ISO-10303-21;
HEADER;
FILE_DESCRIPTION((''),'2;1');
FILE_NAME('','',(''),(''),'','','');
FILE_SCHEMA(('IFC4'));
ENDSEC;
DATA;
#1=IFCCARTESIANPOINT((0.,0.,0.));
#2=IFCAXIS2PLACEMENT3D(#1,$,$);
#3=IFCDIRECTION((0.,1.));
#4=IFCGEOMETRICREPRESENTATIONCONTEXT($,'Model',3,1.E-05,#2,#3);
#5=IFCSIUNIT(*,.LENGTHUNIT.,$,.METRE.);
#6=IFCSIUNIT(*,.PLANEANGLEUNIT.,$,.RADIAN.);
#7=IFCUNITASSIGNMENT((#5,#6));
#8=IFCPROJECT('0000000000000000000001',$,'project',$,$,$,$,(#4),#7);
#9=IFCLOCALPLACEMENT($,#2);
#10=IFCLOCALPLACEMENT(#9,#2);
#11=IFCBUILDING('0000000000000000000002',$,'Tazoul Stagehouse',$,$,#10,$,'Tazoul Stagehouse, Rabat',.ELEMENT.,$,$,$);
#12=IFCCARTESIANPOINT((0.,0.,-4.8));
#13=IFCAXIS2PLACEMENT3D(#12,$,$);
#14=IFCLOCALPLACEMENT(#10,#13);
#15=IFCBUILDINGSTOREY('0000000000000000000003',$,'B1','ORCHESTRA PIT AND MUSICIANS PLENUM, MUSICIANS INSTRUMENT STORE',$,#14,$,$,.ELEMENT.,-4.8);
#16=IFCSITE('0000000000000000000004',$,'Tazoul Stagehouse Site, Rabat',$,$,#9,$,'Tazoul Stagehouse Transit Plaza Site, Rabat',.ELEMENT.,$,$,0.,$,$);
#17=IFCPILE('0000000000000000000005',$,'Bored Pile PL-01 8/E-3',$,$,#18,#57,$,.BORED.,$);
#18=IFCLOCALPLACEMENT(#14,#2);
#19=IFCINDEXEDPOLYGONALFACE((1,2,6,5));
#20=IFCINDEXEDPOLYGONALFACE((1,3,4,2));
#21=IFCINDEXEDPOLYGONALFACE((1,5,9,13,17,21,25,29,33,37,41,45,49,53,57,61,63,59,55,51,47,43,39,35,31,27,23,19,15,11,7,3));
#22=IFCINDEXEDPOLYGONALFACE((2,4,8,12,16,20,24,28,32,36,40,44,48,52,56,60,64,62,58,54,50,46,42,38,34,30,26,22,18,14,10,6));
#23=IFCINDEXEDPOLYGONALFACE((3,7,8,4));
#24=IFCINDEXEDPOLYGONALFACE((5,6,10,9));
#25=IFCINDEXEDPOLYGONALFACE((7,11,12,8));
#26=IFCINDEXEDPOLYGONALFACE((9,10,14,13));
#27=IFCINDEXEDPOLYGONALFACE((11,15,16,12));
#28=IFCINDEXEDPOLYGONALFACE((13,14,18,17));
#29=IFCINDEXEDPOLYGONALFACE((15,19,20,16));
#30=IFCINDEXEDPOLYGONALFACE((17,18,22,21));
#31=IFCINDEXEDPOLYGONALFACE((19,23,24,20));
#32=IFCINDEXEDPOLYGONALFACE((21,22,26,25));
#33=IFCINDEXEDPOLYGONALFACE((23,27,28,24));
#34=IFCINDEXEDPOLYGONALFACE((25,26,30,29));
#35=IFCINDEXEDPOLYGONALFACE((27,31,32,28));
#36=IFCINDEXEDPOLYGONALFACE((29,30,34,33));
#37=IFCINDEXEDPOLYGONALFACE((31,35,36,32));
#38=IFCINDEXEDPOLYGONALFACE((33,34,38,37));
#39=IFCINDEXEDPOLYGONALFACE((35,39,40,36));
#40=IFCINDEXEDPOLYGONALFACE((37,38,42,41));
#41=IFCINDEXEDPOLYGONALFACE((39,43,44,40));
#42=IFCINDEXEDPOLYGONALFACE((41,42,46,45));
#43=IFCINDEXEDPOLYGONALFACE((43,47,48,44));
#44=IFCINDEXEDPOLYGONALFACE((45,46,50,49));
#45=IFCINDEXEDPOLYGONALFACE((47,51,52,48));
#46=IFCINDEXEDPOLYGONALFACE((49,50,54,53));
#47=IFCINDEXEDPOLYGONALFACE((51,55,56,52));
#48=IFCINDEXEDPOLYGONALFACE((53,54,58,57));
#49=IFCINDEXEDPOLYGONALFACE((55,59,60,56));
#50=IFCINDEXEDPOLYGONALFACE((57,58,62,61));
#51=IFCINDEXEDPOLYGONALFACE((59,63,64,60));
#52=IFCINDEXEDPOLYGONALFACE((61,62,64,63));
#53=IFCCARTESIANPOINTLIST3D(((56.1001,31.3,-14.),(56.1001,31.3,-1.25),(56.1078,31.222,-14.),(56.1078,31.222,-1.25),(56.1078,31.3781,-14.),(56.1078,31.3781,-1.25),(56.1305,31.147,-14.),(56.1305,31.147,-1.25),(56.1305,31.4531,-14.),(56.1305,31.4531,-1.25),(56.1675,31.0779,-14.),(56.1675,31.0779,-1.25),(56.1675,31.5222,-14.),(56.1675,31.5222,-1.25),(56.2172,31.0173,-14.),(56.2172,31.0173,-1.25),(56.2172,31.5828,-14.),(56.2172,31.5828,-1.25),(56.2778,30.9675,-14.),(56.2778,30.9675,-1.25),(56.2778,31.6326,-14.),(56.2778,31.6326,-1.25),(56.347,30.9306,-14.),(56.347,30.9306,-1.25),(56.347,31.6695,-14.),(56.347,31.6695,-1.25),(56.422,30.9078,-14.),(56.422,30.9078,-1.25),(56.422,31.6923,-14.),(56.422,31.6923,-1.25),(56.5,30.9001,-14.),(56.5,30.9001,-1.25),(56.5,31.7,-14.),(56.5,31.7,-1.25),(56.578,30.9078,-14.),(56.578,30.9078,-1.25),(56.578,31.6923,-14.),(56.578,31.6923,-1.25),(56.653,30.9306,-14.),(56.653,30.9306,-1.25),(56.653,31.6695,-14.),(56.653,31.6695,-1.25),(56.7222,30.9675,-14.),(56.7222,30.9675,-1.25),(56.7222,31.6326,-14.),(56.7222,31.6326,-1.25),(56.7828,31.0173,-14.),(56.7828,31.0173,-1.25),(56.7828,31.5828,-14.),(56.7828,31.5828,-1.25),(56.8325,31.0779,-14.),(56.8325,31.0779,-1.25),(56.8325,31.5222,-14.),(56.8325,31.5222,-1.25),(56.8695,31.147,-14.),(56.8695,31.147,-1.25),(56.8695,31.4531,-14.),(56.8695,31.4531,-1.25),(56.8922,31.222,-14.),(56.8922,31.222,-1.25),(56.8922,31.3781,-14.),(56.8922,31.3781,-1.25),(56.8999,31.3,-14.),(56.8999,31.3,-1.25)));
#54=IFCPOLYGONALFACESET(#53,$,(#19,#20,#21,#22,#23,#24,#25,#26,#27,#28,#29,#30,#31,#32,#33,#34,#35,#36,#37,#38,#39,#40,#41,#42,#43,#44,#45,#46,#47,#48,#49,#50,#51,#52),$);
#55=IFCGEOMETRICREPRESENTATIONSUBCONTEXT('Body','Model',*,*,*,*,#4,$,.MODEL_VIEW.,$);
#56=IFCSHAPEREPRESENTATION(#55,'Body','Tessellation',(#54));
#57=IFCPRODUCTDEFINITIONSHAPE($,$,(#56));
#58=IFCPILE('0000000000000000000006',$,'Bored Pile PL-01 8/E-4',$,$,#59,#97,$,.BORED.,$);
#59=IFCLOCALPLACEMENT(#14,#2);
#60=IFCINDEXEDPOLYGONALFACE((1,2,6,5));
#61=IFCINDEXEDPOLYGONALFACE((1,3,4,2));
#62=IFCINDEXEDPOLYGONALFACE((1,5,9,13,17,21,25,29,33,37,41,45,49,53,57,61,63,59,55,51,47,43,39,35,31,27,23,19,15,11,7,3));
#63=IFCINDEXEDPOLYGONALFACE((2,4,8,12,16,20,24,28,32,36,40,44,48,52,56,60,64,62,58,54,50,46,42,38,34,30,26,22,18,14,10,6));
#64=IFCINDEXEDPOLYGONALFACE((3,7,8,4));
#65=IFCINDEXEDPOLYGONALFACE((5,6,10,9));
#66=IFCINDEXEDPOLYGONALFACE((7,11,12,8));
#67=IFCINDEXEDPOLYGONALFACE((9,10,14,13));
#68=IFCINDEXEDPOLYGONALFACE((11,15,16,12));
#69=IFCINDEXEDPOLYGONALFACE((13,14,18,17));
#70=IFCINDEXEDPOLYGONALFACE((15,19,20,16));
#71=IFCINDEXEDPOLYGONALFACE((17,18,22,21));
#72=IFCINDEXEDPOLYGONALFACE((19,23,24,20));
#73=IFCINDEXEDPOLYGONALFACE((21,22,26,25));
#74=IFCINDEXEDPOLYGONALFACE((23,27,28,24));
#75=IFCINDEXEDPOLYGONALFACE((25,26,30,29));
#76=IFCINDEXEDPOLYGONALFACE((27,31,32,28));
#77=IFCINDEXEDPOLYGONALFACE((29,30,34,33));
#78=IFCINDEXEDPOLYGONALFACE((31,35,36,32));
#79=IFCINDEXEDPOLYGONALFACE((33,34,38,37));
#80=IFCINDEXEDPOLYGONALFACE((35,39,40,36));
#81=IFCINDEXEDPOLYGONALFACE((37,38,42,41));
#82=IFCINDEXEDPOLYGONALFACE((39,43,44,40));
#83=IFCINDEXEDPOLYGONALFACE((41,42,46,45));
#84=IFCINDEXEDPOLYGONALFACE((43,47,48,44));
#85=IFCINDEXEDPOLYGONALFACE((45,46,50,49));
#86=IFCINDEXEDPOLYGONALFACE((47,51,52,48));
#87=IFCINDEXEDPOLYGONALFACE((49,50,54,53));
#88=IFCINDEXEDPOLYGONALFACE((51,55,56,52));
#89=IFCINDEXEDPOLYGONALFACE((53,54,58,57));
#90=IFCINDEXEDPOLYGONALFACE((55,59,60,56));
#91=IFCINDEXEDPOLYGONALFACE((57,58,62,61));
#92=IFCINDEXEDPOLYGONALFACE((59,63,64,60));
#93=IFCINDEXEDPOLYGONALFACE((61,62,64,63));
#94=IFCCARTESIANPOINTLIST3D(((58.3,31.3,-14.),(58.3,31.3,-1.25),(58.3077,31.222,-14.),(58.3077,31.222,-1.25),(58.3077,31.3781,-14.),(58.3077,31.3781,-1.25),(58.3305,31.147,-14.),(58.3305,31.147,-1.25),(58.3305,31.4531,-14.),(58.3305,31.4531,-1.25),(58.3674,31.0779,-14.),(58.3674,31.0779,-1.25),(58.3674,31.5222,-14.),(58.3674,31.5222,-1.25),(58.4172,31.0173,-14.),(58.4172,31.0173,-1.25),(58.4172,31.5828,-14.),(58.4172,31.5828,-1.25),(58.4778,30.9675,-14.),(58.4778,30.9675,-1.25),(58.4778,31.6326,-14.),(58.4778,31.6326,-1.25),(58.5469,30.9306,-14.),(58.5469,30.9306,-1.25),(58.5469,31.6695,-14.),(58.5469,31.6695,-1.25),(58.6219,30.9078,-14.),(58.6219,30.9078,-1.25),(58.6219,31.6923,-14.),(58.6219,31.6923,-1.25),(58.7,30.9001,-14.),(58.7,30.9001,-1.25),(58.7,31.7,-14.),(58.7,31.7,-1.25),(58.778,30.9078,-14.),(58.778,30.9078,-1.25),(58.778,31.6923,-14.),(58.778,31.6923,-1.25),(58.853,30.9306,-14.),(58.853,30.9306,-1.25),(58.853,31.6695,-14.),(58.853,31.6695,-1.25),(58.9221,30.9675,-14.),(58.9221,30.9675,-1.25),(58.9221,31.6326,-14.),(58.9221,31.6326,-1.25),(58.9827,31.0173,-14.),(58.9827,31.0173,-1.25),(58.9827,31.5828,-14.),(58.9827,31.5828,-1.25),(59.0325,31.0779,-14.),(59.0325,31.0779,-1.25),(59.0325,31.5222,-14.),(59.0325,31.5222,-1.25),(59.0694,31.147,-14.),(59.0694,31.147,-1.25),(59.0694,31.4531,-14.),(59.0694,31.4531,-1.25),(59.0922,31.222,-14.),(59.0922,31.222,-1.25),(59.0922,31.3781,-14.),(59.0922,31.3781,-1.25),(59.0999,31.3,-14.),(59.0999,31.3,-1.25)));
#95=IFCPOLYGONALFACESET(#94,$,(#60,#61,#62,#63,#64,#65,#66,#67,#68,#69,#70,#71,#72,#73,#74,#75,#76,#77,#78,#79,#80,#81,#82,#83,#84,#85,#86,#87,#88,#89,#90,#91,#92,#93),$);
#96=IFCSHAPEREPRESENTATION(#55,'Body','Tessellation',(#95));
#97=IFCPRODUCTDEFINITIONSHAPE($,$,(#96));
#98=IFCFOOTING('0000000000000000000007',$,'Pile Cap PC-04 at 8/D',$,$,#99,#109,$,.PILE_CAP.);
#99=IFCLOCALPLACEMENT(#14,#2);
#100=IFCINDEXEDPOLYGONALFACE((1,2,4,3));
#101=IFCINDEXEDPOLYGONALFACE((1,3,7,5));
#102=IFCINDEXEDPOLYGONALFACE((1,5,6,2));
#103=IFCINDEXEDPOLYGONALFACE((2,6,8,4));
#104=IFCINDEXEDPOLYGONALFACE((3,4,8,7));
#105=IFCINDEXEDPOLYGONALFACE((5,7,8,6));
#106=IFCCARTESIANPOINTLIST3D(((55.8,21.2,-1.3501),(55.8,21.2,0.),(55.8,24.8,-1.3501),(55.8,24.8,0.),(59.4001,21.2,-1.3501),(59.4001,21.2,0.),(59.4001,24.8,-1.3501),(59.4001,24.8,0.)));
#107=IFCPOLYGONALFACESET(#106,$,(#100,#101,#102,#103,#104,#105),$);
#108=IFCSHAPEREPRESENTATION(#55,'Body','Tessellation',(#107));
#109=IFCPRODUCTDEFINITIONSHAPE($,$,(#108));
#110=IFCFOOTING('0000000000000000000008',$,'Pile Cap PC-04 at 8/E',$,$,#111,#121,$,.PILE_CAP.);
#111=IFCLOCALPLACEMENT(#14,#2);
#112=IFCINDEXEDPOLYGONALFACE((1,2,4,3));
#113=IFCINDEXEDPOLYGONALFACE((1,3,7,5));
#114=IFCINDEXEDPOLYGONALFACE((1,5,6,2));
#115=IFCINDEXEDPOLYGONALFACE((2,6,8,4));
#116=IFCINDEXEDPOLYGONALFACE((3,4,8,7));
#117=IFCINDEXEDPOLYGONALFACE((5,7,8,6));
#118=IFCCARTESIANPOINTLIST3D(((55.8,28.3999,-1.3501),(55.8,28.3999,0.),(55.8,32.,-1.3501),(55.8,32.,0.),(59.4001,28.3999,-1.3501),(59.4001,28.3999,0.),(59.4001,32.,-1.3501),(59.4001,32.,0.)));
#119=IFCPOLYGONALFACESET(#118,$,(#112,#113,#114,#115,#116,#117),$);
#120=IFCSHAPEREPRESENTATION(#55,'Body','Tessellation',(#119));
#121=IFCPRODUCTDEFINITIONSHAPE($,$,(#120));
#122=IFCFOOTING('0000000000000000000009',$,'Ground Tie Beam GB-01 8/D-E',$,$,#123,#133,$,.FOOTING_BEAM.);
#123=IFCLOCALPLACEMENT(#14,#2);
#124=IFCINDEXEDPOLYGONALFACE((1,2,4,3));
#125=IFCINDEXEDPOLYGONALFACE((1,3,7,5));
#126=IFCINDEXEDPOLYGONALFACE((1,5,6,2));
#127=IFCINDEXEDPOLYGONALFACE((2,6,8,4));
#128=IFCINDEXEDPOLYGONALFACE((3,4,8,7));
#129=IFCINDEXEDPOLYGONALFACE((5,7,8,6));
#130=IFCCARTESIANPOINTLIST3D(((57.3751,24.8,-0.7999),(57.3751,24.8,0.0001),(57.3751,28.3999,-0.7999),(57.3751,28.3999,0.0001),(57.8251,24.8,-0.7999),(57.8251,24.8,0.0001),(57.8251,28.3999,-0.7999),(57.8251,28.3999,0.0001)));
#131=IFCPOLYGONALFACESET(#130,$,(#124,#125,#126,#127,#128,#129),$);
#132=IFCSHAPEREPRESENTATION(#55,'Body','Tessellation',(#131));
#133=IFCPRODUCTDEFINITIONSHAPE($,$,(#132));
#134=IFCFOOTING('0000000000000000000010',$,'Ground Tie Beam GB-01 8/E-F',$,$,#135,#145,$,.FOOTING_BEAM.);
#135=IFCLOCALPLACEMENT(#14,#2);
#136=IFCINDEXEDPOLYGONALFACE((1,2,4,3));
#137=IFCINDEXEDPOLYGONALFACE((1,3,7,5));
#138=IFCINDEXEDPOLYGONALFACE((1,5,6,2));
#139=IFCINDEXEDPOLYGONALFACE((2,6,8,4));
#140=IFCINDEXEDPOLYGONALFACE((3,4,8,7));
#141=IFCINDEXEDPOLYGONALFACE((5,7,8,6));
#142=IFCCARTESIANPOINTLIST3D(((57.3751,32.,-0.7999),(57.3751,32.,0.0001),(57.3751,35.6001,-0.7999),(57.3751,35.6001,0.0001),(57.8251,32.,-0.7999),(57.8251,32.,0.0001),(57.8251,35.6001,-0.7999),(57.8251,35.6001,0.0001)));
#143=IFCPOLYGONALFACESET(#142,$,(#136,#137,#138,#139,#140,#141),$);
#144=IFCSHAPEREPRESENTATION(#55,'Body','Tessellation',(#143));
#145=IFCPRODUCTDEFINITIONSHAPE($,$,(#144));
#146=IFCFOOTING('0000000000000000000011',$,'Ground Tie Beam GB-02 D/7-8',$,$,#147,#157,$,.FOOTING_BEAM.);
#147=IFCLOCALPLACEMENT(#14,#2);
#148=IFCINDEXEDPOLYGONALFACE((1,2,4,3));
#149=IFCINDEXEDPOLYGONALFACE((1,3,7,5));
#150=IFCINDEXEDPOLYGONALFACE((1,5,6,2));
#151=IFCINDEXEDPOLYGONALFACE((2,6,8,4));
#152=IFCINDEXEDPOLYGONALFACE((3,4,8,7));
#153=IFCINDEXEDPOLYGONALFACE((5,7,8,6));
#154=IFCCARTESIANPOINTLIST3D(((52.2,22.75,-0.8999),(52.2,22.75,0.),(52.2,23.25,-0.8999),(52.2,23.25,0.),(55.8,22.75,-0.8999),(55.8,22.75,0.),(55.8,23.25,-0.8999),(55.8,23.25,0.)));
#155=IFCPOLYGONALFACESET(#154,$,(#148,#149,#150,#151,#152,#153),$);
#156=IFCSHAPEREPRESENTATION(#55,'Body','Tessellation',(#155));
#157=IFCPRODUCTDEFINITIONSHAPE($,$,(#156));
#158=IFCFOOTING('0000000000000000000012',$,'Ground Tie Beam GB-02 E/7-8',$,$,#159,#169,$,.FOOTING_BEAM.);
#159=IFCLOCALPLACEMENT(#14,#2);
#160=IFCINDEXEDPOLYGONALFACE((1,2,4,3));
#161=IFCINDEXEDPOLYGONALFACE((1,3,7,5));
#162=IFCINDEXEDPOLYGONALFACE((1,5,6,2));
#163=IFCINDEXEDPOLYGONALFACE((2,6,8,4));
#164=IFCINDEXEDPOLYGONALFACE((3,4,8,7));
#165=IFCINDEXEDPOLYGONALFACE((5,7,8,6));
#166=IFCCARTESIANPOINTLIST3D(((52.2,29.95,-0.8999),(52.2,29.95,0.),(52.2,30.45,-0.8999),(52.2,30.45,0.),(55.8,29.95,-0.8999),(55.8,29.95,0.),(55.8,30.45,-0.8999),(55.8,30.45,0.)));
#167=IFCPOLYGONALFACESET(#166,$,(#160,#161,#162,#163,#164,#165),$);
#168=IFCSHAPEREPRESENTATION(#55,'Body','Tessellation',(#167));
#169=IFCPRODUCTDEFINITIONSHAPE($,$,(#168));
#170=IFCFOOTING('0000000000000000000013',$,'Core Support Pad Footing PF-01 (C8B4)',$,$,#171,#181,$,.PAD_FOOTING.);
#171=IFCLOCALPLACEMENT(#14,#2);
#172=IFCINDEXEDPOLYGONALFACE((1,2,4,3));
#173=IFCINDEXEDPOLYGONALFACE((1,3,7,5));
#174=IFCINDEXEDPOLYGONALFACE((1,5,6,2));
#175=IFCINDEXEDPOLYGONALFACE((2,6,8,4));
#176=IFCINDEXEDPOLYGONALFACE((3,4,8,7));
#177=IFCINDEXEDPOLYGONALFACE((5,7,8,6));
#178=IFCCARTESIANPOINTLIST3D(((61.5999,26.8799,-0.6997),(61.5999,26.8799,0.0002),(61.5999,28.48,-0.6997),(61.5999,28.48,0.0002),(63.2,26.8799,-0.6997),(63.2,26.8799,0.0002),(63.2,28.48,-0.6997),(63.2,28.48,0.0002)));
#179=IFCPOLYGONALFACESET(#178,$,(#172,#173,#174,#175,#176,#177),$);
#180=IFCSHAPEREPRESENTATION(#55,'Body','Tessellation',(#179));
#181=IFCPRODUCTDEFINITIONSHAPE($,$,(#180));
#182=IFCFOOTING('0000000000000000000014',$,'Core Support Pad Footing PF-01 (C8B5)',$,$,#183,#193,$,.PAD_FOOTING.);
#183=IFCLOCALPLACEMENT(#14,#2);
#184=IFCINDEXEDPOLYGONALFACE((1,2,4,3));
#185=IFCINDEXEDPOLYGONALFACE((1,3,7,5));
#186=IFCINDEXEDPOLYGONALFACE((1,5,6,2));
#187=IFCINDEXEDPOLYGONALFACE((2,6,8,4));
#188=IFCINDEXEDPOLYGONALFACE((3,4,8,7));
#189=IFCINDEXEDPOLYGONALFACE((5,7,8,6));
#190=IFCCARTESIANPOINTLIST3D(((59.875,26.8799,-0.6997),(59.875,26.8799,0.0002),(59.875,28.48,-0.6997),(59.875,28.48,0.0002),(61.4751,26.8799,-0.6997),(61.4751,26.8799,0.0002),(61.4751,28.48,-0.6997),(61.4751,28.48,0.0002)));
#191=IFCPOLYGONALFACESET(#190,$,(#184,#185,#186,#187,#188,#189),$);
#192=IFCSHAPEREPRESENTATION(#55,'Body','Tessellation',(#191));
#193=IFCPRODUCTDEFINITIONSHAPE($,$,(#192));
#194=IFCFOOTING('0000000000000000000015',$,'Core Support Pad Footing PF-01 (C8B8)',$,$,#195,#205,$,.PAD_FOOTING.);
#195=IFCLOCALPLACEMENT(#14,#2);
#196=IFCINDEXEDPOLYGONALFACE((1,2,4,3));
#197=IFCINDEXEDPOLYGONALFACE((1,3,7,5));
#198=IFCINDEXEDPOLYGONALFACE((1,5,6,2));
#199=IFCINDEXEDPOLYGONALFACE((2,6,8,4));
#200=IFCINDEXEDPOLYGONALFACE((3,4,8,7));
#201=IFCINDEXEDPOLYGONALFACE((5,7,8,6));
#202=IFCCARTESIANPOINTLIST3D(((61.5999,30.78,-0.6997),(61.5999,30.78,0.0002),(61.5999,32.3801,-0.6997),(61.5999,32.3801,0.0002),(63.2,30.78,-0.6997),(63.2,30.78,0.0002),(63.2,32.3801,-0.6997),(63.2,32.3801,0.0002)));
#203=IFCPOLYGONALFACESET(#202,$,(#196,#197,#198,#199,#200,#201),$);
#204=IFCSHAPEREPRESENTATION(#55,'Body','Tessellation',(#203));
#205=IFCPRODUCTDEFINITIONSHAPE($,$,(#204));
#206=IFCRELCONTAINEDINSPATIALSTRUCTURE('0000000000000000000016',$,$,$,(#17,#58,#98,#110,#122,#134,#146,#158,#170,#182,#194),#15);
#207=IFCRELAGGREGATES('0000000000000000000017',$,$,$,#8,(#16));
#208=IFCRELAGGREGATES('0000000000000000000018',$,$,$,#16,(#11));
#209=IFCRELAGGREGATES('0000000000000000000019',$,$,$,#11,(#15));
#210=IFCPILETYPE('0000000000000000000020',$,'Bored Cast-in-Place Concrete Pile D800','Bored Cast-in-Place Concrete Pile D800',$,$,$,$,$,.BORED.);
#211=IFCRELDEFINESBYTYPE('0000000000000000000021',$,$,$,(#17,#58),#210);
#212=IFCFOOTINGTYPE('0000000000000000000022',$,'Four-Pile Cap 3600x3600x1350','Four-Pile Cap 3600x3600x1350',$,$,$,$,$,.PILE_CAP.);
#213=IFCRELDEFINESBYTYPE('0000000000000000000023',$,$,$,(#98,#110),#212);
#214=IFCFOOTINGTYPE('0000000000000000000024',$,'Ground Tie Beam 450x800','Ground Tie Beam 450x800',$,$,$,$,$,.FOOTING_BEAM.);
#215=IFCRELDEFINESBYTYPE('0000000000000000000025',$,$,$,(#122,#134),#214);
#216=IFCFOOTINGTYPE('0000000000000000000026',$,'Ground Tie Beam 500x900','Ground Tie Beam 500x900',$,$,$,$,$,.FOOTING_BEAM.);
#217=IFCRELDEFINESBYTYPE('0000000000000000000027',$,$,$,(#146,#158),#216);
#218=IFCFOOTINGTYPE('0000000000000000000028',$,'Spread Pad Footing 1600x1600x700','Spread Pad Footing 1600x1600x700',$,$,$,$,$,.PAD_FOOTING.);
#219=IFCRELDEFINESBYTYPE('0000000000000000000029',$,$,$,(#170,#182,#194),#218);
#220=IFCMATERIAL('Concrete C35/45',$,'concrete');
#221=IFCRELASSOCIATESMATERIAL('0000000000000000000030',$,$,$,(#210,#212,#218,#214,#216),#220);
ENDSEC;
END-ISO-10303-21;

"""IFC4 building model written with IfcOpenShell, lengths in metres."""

from ifc_helpers import new_model, si_unit, direction, frame, origin, origin_2d, place, context, subcontext, project, spatial, rectangle, circle, extrude, material, material_profile, profile_set, type_object, element, save


model = new_model("IFC4")

# Units and contexts
model_context = context("Model", 3, precision=1e-05, world=origin(), true_north=direction((0.0, 1.0)))
body_context = subcontext(model_context, "Body", "Model", "MODEL_VIEW")
ifc_project = project(units=[si_unit("LENGTHUNIT", "METRE"), si_unit("PLANEANGLEUNIT", "RADIAN")], contexts=[model_context])

# Site, building, storey
site_placement = place(None, origin())
site = spatial("IfcSite", under=ifc_project, at=site_placement, Name="Tazoul Stagehouse Site, Rabat", LongName="Tazoul Stagehouse Transit Plaza Site, Rabat", CompositionType="ELEMENT", RefElevation=0.0)
building_placement = place(site_placement, origin())
building = spatial("IfcBuilding", under=site, at=building_placement, Name="Tazoul Stagehouse", LongName="Tazoul Stagehouse, Rabat", CompositionType="ELEMENT")
storey_placement = place(building_placement, frame((0.0, 0.0, -4.8)))
storey = spatial("IfcBuildingStorey", under=building, at=storey_placement, Name="B1", Description="ORCHESTRA PIT AND MUSICIANS PLENUM, MUSICIANS INSTRUMENT STORE", CompositionType="ELEMENT", Elevation=-4.8)

# Piles
ifc_material_1 = material(Name="Concrete C35/45", Category="concrete")
ifc_material_profile_1 = material_profile(ifc_material_1, circle(Radius=0.3999, at=origin_2d()), Name="BORED PILE 800")
ifc_profile_set_1 = profile_set([ifc_material_profile_1], Name="Concrete C35/45")
pile_type = type_object("IfcPileType", Name="Bored Cast-in-Place Concrete Pile D800", Description="Bored Cast-in-Place Concrete Pile D800", PredefinedType="BORED", material=ifc_profile_set_1)
for number, where, z_axis, x_axis, name in (
    (1, (56.5, 31.3, -1.25), (0.0, 0.0, -1.0), (1.0, 0.0, 0.0), "Bored Pile PL-01 8/E-3"),
    (2, (58.7, 31.3, -1.25), (0.0, 0.0, -1.0), (1.0, 0.0, 0.0), "Bored Pile PL-01 8/E-4"),
):
    element("IfcPile", number, at=place(storey_placement, frame(where, z_axis=z_axis, x_axis=x_axis)), inside=storey, type_object=pile_type, Name=name, PredefinedType="BORED", context=body_context, shape_type="SweptSolid", body=[
        extrude(circle(Radius=0.3999, at=origin_2d()), origin(), (0.0, 0.0, 1.0), 12.75),
    ])

# Footings
footing_type_1 = type_object("IfcFootingType", Name="Four-Pile Cap 3600x3600x1350", Description="Four-Pile Cap 3600x3600x1350", PredefinedType="PILE_CAP", material=ifc_material_1)
for number, where, z_axis, x_axis, name in (
    (3, (57.6001, 23.0, -1.3501), (0.0, 0.0, 1.0), (1.0, 0.0, 0.0), "Pile Cap PC-04 at 8/D"),
    (4, (57.6001, 30.2, -1.3501), (0.0, 0.0, 1.0), (1.0, 0.0, 0.0), "Pile Cap PC-04 at 8/E"),
):
    element("IfcFooting", number, at=place(storey_placement, frame(where, z_axis=z_axis, x_axis=x_axis)), inside=storey, type_object=footing_type_1, Name=name, PredefinedType="PILE_CAP", context=body_context, shape_type="SweptSolid", body=[
        extrude(rectangle(XDim=3.6001, YDim=3.6001, at=origin_2d()), origin(), (0.0, 0.0, 1.0), 1.3501),
    ])
ifc_material_profile_2 = material_profile(ifc_material_1, rectangle(XDim=0.45, YDim=0.8, at=origin_2d()), Name="RC 450x800")
ifc_profile_set_2 = profile_set([ifc_material_profile_2], Name="Concrete C35/45")
footing_type_2 = type_object("IfcFootingType", Name="Ground Tie Beam 450x800", Description="Ground Tie Beam 450x800", PredefinedType="FOOTING_BEAM", material=ifc_profile_set_2)
footing_1_placement = place(storey_placement, frame((57.6001, 24.8, -0.3999), z_axis=(0.0, 1.0, 0.0), x_axis=(-1.0, 0.0, 0.0)))
element("IfcFooting", 5, at=footing_1_placement, inside=storey, type_object=footing_type_2, Name="Ground Tie Beam GB-01 8/D-E", PredefinedType="FOOTING_BEAM", context=body_context, shape_type="SweptSolid", body=[
    extrude(rectangle(XDim=0.45, YDim=0.8, at=origin_2d()), origin(), (0.0, 0.0, 1.0), 3.5999),
])
footing_2_placement = place(storey_placement, frame((57.6001, 32.0, -0.3999), z_axis=(0.0, 1.0, 0.0), x_axis=(-1.0, 0.0, 0.0)))
element("IfcFooting", 6, at=footing_2_placement, inside=storey, type_object=footing_type_2, Name="Ground Tie Beam GB-01 8/E-F", PredefinedType="FOOTING_BEAM", context=body_context, shape_type="SweptSolid", body=[
    extrude(rectangle(XDim=0.45, YDim=0.8, at=origin_2d()), origin(), (0.0, 0.0, 1.0), 3.6001),
])
ifc_material_profile_3 = material_profile(ifc_material_1, rectangle(XDim=0.5, YDim=0.8999, at=origin_2d()), Name="RC 500x900")
ifc_profile_set_3 = profile_set([ifc_material_profile_3], Name="Concrete C35/45")
footing_type_3 = type_object("IfcFootingType", Name="Ground Tie Beam 500x900", Description="Ground Tie Beam 500x900", PredefinedType="FOOTING_BEAM", material=ifc_profile_set_3)
for number, where, z_axis, x_axis, name in (
    (7, (52.2, 23.0, -0.45), (1.0, 0.0, 0.0), (0.0, 1.0, 0.0), "Ground Tie Beam GB-02 D/7-8"),
    (8, (52.2, 30.2, -0.45), (1.0, 0.0, 0.0), (0.0, 1.0, 0.0), "Ground Tie Beam GB-02 E/7-8"),
):
    element("IfcFooting", number, at=place(storey_placement, frame(where, z_axis=z_axis, x_axis=x_axis)), inside=storey, type_object=footing_type_3, Name=name, PredefinedType="FOOTING_BEAM", context=body_context, shape_type="SweptSolid", body=[
        extrude(rectangle(XDim=0.5, YDim=0.8999, at=origin_2d()), origin(), (0.0, 0.0, 1.0), 3.6001),
    ])
footing_type_4 = type_object("IfcFootingType", Name="Spread Pad Footing 1600x1600x700", Description="Spread Pad Footing 1600x1600x700", PredefinedType="PAD_FOOTING", material=ifc_material_1)
for number, where, z_axis, x_axis, name in (
    (9, (62.3999, 27.6799, -0.6997), (0.0, 0.0, 1.0), (1.0, 0.0, 0.0), "Core Support Pad Footing PF-01 (C8B4)"),
    (10, (60.675, 27.6799, -0.6997), (0.0, 0.0, 1.0), (1.0, 0.0, 0.0), "Core Support Pad Footing PF-01 (C8B5)"),
    (11, (62.3999, 31.5801, -0.6997), (0.0, 0.0, 1.0), (1.0, 0.0, 0.0), "Core Support Pad Footing PF-01 (C8B8)"),
):
    element("IfcFooting", number, at=place(storey_placement, frame(where, z_axis=z_axis, x_axis=x_axis)), inside=storey, type_object=footing_type_4, Name=name, PredefinedType="PAD_FOOTING", context=body_context, shape_type="SweptSolid", body=[
        extrude(rectangle(XDim=1.6001, YDim=1.6001, at=origin_2d()), origin(), (0.0, 0.0, 1.0), 0.7),
    ])

save(model, "model.ifc")
